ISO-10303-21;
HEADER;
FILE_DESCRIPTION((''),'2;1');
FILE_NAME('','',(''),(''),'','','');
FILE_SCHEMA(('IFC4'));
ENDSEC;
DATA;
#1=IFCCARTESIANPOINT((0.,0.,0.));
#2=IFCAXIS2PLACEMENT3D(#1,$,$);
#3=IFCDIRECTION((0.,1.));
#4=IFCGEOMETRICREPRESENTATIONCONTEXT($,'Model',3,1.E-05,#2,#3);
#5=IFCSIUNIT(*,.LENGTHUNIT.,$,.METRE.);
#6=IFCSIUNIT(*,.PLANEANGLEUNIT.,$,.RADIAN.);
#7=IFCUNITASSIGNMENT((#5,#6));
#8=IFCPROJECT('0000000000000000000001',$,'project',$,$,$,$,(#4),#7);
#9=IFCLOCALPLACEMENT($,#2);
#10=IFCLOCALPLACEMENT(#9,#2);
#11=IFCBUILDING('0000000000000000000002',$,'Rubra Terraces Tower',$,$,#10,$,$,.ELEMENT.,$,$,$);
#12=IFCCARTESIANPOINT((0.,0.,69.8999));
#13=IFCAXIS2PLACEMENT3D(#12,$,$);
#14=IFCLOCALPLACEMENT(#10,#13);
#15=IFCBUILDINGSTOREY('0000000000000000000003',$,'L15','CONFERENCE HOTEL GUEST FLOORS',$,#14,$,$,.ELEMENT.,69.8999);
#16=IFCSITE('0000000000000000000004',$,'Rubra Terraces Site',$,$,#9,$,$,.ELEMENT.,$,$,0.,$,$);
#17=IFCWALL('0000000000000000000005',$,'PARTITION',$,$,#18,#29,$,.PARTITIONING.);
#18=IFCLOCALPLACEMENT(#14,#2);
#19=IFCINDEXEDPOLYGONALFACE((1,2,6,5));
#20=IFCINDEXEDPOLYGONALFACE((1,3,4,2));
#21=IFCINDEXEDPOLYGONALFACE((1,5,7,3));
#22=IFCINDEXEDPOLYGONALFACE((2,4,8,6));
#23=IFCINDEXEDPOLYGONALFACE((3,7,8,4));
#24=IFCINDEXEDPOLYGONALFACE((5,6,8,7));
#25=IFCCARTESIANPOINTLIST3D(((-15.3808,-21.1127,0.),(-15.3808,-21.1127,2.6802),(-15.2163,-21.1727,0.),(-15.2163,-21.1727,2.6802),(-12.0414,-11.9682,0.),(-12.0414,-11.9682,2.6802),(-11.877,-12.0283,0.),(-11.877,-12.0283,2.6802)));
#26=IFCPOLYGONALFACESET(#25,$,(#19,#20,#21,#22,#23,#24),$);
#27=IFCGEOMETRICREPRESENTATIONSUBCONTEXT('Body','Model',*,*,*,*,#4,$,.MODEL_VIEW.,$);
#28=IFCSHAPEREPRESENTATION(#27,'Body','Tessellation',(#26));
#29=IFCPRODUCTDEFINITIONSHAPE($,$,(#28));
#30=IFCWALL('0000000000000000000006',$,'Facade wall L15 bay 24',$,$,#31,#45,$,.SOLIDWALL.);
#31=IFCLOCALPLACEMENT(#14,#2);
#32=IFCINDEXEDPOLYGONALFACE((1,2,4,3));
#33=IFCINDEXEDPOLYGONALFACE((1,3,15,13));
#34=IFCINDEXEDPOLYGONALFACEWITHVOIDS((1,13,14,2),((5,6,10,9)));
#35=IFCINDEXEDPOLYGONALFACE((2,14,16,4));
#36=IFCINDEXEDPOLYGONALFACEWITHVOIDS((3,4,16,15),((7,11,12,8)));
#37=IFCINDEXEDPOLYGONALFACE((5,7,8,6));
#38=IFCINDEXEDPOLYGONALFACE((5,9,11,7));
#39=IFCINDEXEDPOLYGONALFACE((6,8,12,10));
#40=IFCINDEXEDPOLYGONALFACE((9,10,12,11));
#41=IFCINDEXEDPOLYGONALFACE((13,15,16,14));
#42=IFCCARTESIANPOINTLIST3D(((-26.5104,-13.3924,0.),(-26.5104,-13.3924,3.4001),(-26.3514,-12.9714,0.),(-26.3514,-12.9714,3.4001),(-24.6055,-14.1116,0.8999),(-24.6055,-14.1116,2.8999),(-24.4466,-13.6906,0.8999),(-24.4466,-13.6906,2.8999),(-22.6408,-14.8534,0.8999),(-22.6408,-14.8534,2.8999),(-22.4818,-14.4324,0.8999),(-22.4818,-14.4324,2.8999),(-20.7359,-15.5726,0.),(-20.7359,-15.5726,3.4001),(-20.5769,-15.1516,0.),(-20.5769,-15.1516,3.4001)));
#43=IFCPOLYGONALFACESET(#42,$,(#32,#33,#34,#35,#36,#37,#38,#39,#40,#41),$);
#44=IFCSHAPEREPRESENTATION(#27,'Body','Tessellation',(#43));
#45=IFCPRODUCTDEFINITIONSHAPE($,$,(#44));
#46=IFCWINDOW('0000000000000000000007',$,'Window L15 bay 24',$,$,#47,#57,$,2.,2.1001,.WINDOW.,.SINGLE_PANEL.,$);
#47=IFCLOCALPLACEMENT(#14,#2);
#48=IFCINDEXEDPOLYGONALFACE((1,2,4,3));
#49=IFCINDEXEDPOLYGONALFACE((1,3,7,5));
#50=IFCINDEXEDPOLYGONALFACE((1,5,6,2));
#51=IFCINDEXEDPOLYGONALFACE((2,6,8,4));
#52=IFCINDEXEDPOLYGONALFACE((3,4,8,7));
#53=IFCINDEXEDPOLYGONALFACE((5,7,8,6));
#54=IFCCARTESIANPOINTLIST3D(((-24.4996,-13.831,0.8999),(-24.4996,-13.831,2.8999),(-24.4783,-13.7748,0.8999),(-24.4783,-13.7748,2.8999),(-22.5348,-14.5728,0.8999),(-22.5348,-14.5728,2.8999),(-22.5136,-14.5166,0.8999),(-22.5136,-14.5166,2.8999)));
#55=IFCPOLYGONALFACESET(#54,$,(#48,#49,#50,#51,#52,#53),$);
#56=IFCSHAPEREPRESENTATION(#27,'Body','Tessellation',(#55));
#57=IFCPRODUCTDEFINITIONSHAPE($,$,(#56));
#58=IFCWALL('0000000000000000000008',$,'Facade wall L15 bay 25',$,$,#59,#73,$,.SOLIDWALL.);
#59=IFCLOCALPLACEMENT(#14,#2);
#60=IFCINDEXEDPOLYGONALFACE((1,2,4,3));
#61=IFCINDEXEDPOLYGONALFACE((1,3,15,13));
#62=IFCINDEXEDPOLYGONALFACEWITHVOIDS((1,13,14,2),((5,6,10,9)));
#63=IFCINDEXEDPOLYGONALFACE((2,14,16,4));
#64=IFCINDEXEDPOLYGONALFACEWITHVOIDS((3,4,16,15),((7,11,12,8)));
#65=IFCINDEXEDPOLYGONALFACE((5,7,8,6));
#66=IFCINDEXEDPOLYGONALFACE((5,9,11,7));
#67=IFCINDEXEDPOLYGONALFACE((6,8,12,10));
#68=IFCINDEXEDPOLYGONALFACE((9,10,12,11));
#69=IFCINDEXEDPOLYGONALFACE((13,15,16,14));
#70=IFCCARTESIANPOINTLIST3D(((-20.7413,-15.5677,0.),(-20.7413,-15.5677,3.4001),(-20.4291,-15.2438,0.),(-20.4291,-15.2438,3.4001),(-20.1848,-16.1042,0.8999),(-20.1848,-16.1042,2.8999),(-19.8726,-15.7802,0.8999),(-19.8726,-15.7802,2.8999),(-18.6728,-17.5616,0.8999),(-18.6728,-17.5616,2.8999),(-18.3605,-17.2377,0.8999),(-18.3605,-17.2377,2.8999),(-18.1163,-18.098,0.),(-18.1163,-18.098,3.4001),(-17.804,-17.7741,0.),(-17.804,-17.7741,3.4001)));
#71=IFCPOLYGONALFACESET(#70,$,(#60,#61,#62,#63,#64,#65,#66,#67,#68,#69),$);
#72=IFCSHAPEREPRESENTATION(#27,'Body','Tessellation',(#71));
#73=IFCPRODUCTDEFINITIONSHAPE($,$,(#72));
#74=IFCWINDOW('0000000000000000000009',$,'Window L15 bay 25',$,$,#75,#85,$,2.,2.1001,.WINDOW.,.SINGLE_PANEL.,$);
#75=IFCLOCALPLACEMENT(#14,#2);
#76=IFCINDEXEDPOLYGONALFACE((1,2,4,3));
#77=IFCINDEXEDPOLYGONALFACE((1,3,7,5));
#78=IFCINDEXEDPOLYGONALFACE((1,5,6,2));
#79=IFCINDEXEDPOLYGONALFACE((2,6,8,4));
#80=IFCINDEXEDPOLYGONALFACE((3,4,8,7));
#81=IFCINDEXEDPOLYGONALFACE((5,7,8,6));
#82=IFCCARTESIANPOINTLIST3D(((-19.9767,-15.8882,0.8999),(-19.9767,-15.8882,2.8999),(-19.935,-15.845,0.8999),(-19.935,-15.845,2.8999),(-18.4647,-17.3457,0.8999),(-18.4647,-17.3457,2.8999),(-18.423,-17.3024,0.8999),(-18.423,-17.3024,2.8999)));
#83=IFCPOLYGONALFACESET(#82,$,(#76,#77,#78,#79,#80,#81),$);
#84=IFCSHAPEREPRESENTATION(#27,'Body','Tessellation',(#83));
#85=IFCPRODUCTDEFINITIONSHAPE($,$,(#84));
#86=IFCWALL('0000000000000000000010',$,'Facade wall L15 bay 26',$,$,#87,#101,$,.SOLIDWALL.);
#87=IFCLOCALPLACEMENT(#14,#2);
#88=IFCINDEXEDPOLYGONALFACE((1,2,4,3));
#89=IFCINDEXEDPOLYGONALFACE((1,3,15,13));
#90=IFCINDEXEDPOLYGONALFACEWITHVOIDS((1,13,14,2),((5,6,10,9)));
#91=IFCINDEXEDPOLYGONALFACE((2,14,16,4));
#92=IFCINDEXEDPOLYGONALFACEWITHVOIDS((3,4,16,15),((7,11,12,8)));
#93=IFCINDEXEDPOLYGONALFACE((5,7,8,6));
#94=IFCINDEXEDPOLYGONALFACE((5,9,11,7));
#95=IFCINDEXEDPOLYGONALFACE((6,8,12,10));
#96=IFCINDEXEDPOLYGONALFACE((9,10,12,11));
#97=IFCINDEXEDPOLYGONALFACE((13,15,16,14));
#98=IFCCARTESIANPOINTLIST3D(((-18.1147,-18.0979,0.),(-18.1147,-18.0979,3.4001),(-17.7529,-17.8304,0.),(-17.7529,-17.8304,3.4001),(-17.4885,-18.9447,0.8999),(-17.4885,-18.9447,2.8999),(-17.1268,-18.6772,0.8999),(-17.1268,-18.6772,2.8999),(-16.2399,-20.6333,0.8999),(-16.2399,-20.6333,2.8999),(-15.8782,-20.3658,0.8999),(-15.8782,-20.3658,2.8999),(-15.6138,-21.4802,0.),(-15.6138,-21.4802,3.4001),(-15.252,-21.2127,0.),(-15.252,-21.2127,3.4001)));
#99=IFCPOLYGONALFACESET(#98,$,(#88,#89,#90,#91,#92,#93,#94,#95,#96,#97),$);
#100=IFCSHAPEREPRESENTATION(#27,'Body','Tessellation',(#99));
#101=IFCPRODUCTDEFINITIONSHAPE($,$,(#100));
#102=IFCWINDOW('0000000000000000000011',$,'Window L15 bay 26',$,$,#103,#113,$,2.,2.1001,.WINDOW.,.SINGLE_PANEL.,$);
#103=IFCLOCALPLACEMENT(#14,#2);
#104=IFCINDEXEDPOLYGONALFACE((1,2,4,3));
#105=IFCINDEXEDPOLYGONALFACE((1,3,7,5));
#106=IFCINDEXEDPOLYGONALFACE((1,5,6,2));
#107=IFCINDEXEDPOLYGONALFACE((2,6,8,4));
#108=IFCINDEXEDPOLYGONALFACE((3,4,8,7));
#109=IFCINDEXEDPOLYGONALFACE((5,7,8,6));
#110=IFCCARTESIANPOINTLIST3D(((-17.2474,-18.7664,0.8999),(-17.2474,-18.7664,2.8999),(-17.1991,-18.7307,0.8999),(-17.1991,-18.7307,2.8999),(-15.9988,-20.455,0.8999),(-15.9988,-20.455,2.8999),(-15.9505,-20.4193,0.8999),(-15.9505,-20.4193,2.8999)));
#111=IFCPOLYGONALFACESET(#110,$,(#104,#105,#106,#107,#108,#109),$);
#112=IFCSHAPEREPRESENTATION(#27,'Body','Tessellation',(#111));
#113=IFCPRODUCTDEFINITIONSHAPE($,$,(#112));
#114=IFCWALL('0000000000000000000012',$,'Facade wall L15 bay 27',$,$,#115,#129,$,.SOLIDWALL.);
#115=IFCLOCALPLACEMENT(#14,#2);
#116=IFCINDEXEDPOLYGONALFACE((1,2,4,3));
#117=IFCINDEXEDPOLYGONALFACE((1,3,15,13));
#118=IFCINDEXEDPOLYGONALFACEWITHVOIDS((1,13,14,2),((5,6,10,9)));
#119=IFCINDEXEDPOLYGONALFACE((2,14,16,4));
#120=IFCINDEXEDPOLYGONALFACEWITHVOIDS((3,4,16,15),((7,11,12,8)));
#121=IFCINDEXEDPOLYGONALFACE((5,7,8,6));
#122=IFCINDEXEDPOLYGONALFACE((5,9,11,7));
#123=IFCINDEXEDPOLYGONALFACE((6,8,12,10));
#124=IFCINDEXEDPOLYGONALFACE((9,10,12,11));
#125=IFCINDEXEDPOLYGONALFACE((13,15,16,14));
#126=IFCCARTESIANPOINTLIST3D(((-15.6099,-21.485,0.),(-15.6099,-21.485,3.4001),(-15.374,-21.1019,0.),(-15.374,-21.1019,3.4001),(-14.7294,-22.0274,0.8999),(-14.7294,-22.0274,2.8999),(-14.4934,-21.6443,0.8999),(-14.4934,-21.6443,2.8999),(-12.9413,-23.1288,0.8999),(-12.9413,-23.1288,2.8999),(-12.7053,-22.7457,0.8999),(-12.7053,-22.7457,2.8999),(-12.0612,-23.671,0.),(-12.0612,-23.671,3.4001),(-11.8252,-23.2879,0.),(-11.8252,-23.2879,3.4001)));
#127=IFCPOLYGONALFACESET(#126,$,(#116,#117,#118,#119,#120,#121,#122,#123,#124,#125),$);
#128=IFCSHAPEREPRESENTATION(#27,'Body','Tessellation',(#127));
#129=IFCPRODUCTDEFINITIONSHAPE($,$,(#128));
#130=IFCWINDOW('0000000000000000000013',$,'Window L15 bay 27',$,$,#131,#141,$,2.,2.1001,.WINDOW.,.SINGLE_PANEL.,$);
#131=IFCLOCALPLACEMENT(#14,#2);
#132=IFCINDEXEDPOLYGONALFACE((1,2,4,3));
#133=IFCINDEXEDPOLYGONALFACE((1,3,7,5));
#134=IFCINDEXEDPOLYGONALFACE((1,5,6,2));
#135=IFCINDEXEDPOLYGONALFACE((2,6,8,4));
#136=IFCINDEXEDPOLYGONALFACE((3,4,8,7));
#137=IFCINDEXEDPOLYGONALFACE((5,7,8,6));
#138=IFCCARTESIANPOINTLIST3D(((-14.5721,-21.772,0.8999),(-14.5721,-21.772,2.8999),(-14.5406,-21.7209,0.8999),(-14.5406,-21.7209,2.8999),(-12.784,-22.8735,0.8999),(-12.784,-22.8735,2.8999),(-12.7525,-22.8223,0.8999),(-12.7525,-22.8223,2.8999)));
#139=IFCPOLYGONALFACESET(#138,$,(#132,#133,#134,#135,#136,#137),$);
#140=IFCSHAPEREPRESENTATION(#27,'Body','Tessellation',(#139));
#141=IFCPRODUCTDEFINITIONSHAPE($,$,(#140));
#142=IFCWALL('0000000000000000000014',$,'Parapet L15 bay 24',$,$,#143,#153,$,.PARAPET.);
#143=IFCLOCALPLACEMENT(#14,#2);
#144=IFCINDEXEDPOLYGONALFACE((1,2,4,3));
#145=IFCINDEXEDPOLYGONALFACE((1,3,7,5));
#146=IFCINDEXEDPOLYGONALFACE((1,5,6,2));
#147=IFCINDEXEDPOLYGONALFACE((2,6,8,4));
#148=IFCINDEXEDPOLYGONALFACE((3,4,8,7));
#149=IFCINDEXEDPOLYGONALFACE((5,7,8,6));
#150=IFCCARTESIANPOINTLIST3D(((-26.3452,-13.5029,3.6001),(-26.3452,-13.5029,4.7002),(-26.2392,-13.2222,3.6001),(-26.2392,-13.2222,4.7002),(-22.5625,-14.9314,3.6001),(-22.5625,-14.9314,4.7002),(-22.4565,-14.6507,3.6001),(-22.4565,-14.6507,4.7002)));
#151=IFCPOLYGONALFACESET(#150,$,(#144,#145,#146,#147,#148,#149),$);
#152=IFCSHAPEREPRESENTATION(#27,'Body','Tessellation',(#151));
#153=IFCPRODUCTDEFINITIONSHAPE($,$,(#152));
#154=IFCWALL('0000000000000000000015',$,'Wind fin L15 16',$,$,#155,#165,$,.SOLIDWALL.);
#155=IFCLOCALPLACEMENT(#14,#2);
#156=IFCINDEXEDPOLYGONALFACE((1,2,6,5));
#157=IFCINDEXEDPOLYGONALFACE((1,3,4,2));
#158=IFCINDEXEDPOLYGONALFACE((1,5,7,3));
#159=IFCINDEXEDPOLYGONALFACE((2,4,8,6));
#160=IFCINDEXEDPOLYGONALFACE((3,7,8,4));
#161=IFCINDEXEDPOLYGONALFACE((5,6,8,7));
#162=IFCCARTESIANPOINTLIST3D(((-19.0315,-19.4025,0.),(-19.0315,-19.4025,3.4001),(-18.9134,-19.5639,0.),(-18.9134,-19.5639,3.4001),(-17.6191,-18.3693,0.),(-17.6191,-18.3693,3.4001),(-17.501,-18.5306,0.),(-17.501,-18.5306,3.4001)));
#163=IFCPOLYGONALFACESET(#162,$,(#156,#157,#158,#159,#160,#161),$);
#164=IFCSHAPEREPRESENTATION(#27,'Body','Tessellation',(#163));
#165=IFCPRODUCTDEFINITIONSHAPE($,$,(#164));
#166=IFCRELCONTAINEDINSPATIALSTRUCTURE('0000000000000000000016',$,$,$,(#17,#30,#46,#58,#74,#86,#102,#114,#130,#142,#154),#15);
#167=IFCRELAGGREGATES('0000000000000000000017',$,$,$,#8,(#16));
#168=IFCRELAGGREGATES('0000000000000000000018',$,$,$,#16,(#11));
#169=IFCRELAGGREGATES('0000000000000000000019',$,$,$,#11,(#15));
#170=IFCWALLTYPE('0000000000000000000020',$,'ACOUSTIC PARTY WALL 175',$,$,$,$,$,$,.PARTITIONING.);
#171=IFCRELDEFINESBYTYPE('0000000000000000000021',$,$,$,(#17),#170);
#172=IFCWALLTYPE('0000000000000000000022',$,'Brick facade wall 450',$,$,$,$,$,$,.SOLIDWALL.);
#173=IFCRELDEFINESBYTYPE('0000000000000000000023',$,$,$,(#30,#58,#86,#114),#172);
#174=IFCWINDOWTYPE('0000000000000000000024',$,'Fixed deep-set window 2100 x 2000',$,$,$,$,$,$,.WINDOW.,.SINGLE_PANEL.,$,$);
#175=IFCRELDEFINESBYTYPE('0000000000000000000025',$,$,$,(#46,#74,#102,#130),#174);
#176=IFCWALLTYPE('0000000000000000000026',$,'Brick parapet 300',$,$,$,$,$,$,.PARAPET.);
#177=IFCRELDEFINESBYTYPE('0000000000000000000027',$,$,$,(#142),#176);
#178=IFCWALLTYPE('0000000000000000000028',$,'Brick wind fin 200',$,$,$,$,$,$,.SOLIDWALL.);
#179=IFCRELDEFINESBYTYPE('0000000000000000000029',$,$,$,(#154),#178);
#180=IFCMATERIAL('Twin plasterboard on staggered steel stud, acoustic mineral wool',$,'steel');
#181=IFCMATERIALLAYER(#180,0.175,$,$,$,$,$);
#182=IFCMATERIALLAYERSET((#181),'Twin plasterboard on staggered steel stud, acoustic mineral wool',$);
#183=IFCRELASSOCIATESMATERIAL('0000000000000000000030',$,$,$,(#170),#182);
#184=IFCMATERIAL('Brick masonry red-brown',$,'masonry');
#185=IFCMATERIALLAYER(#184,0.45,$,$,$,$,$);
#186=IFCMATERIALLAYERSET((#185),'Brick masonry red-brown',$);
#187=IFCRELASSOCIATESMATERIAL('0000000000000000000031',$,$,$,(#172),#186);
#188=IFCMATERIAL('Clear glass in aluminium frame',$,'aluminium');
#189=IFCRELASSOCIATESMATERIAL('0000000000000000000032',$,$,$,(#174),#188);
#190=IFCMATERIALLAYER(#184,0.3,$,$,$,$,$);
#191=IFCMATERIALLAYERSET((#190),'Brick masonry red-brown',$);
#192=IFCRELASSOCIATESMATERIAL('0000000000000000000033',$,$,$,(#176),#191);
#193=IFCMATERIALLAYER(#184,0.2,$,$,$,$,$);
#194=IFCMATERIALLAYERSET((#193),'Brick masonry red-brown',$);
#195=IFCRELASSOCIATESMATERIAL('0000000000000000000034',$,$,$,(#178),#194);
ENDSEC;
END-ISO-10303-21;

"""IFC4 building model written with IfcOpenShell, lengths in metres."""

from ifc_helpers import new_model, si_unit, direction, frame, frame_2d, origin, place, context, subcontext, project, spatial, rectangle, extrude, material, layer, layer_set, type_object, element, fill, save


model = new_model("IFC4")

# Units and contexts
model_context = context("Model", 3, precision=1e-05, world=origin(), true_north=direction((0.0, 1.0)))
body_context = subcontext(model_context, "Body", "Model", "MODEL_VIEW")
ifc_project = project(units=[si_unit("LENGTHUNIT", "METRE"), si_unit("PLANEANGLEUNIT", "RADIAN")], contexts=[model_context])

# Site, building, storey
site_placement = place(None, origin())
site = spatial("IfcSite", under=ifc_project, at=site_placement, Name="Rubra Terraces Site", CompositionType="ELEMENT", RefElevation=0.0)
building_placement = place(site_placement, origin())
building = spatial("IfcBuilding", under=site, at=building_placement, Name="Rubra Terraces Tower", CompositionType="ELEMENT")
storey_placement = place(building_placement, frame((0.0, 0.0, 69.8999)))
storey = spatial("IfcBuildingStorey", under=building, at=storey_placement, Name="L15", Description="CONFERENCE HOTEL GUEST FLOORS", CompositionType="ELEMENT", Elevation=69.8999)

# Wall
ifc_material_1 = material(Name="Twin plasterboard on staggered steel stud, acoustic mineral wool", Category="steel")
ifc_layer_1 = layer(ifc_material_1, 0.175)
ifc_layer_set_1 = layer_set([ifc_layer_1], Name="Twin plasterboard on staggered steel stud, acoustic mineral wool")
wall_type_1 = type_object("IfcWallType", Name="ACOUSTIC PARTY WALL 175", PredefinedType="PARTITIONING", material=ifc_layer_set_1)
wall_1_placement = place(storey_placement, frame((-15.2986, -21.1428, 0.0), z_axis=(0.0, 0.0, 1.0), x_axis=(0.343019, 0.939328, 0.0)))
element("IfcWall", 1, at=wall_1_placement, inside=storey, type_object=wall_type_1, Name="PARTITION", PredefinedType="PARTITIONING", context=body_context, shape_type="SweptSolid", body=[
    extrude(rectangle(XDim=9.7351, YDim=0.175, at=frame_2d((4.8677, 0.0))), origin(), (0.0, 0.0, 1.0), 2.6802),
])

# Walls, openings, windows
ifc_material_2 = material(Name="Brick masonry red-brown", Category="masonry")
ifc_layer_2 = layer(ifc_material_2, 0.45)
ifc_layer_set_2 = layer_set([ifc_layer_2], Name="Brick masonry red-brown")
wall_type_2 = type_object("IfcWallType", Name="Brick facade wall 450", PredefinedType="SOLIDWALL", material=ifc_layer_set_2)
wall_2_placement = place(storey_placement, frame((-26.4309, -13.1819, 0.0), z_axis=(0.0, 0.0, 1.0), x_axis=(0.93554, -0.353221, 0.0)))
wall_2 = element("IfcWall", 2, at=wall_2_placement, inside=storey, type_object=wall_type_2, Name="Facade wall L15 bay 24", PredefinedType="SOLIDWALL", context=body_context, shape_type="SweptSolid", body=[
    extrude(rectangle(XDim=6.1724, YDim=0.45, at=frame_2d((3.0862, 0.0))), origin(), (0.0, 0.0, 1.0), 3.4001),
])
opening_1_placement = place(wall_2_placement, frame((2.0361, 0.0, 0.8999)))
opening_1 = element("IfcOpeningElement", 3, at=opening_1_placement, cuts=wall_2, PredefinedType="OPENING", context=body_context, shape_type="SweptSolid", body=[
    extrude(rectangle(XDim=2.1001, YDim=2.0, at=frame_2d((1.05, 1.0))), frame((0.0, 0.2349, 0.0), z_axis=(0.0, -1.0, 0.0), x_axis=(1.0, 0.0, 0.0)), (0.0, 0.0, 1.0), 0.47),
])
ifc_material_3 = material(Name="Clear glass in aluminium frame", Category="aluminium")
window_type = type_object("IfcWindowType", Name="Fixed deep-set window 2100 x 2000", PartitioningType="SINGLE_PANEL", PredefinedType="WINDOW", material=ifc_material_3)
window_1_placement = place(opening_1_placement, origin())
window_1 = element("IfcWindow", 4, at=window_1_placement, inside=storey, type_object=window_type, Name="Window L15 bay 24", OverallHeight=2.0, OverallWidth=2.1001, PartitioningType="SINGLE_PANEL", PredefinedType="WINDOW", context=body_context, shape_type="SweptSolid", body=[
    extrude(rectangle(XDim=2.1001, YDim=2.0, at=frame_2d((1.05, 1.0))), frame((0.0, 0.135, 0.0), z_axis=(0.0, -1.0, 0.0), x_axis=(1.0, 0.0, 0.0)), (0.0, 0.0, 1.0), 0.0601),
])
fill(opening_1, window_1)
wall_3_placement = place(storey_placement, frame((-20.5852, -15.4058, 0.0), z_axis=(0.0, 0.0, 1.0), x_axis=(0.719978, -0.693997, 0.0)))
wall_3 = element("IfcWall", 5, at=wall_3_placement, inside=storey, type_object=wall_type_2, Name="Facade wall L15 bay 25", PredefinedType="SOLIDWALL", context=body_context, shape_type="SweptSolid", body=[
    extrude(rectangle(XDim=3.646, YDim=0.45, at=frame_2d((1.823, 0.0))), origin(), (0.0, 0.0, 1.0), 3.4001),
])
opening_2_placement = place(wall_3_placement, frame((0.7729, 0.0, 0.8999)))
opening_2 = element("IfcOpeningElement", 6, at=opening_2_placement, cuts=wall_3, PredefinedType="OPENING", context=body_context, shape_type="SweptSolid", body=[
    extrude(rectangle(XDim=2.1001, YDim=2.0, at=frame_2d((1.05, 1.0))), frame((0.0, 0.2349, 0.0), z_axis=(0.0, -1.0, 0.0), x_axis=(1.0, 0.0, 0.0)), (0.0, 0.0, 1.0), 0.47),
])
window_2_placement = place(opening_2_placement, origin())
window_2 = element("IfcWindow", 7, at=window_2_placement, inside=storey, type_object=window_type, Name="Window L15 bay 25", OverallHeight=2.0, OverallWidth=2.1001, PartitioningType="SINGLE_PANEL", PredefinedType="WINDOW", context=body_context, shape_type="SweptSolid", body=[
    extrude(rectangle(XDim=2.1001, YDim=2.0, at=frame_2d((1.05, 1.0))), frame((0.0, 0.135, 0.0), z_axis=(0.0, -1.0, 0.0), x_axis=(1.0, 0.0, 0.0)), (0.0, 0.0, 1.0), 0.0601),
])
fill(opening_2, window_2)
wall_4_placement = place(storey_placement, frame((-17.9338, -17.9641, 0.0), z_axis=(0.0, 0.0, 1.0), x_axis=(0.594544, -0.804063, 0.0)))
wall_4 = element("IfcWall", 8, at=wall_4_placement, inside=storey, type_object=wall_type_2, Name="Facade wall L15 bay 26", PredefinedType="SOLIDWALL", context=body_context, shape_type="SweptSolid", body=[
    extrude(rectangle(XDim=4.2065, YDim=0.45, at=frame_2d((2.1033, 0.0))), origin(), (0.0, 0.0, 1.0), 3.4001),
])
opening_3_placement = place(wall_4_placement, frame((1.0532, 0.0, 0.8999)))
opening_3 = element("IfcOpeningElement", 9, at=opening_3_placement, cuts=wall_4, PredefinedType="OPENING", context=body_context, shape_type="SweptSolid", body=[
    extrude(rectangle(XDim=2.1001, YDim=2.0, at=frame_2d((1.05, 1.0))), frame((0.0, 0.2349, 0.0), z_axis=(0.0, -1.0, 0.0), x_axis=(1.0, 0.0, 0.0)), (0.0, 0.0, 1.0), 0.47),
])
window_3_placement = place(opening_3_placement, origin())
window_3 = element("IfcWindow", 10, at=window_3_placement, inside=storey, type_object=window_type, Name="Window L15 bay 26", OverallHeight=2.0, OverallWidth=2.1001, PartitioningType="SINGLE_PANEL", PredefinedType="WINDOW", context=body_context, shape_type="SweptSolid", body=[
    extrude(rectangle(XDim=2.1001, YDim=2.0, at=frame_2d((1.05, 1.0))), frame((0.0, 0.135, 0.0), z_axis=(0.0, -1.0, 0.0), x_axis=(1.0, 0.0, 0.0)), (0.0, 0.0, 1.0), 0.0601),
])
fill(opening_3, window_3)
wall_5_placement = place(storey_placement, frame((-15.4919, -21.2935, 0.0), z_axis=(0.0, 0.0, 1.0), x_axis=(0.851429, -0.52447, 0.0)))
wall_5 = element("IfcWall", 11, at=wall_5_placement, inside=storey, type_object=wall_type_2, Name="Facade wall L15 bay 27", PredefinedType="SOLIDWALL", context=body_context, shape_type="SweptSolid", body=[
    extrude(rectangle(XDim=4.168, YDim=0.45, at=frame_2d((2.084, 0.0))), origin(), (0.0, 0.0, 1.0), 3.4001),
])
opening_4_placement = place(wall_5_placement, frame((1.0342, 0.0, 0.8999)))
opening_4 = element("IfcOpeningElement", 12, at=opening_4_placement, cuts=wall_5, PredefinedType="OPENING", context=body_context, shape_type="SweptSolid", body=[
    extrude(rectangle(XDim=2.1001, YDim=2.0, at=frame_2d((1.05, 1.0))), frame((0.0, 0.2349, 0.0), z_axis=(0.0, -1.0, 0.0), x_axis=(1.0, 0.0, 0.0)), (0.0, 0.0, 1.0), 0.47),
])
window_4_placement = place(opening_4_placement, origin())
window_4 = element("IfcWindow", 13, at=window_4_placement, inside=storey, type_object=window_type, Name="Window L15 bay 27", OverallHeight=2.0, OverallWidth=2.1001, PartitioningType="SINGLE_PANEL", PredefinedType="WINDOW", context=body_context, shape_type="SweptSolid", body=[
    extrude(rectangle(XDim=2.1001, YDim=2.0, at=frame_2d((1.05, 1.0))), frame((0.0, 0.135, 0.0), z_axis=(0.0, -1.0, 0.0), x_axis=(1.0, 0.0, 0.0)), (0.0, 0.0, 1.0), 0.0601),
])
fill(opening_4, window_4)

# Walls
ifc_layer_3 = layer(ifc_material_2, 0.3)
ifc_layer_set_3 = layer_set([ifc_layer_3], Name="Brick masonry red-brown")
wall_type_3 = type_object("IfcWallType", Name="Brick parapet 300", PredefinedType="PARAPET", material=ifc_layer_set_3)
wall_6_placement = place(storey_placement, frame((-26.2922, -13.3625, 3.6001), z_axis=(0.0, 0.0, 1.0), x_axis=(0.935518, -0.35328, 0.0)))
element("IfcWall", 14, at=wall_6_placement, inside=storey, type_object=wall_type_3, Name="Parapet L15 bay 24", PredefinedType="PARAPET", context=body_context, shape_type="SweptSolid", body=[
    extrude(rectangle(XDim=4.0435, YDim=0.3, at=frame_2d((2.0217, 0.0))), origin(), (0.0, 0.0, 1.0), 1.1001),
])
ifc_layer_4 = layer(ifc_material_2, 0.2)
ifc_layer_set_4 = layer_set([ifc_layer_4], Name="Brick masonry red-brown")
wall_type_4 = type_object("IfcWallType", Name="Brick wind fin 200", PredefinedType="SOLIDWALL", material=ifc_layer_set_4)
wall_7_placement = place(storey_placement, frame((-17.5601, -18.45, 0.0), z_axis=(0.0, 0.0, 1.0), x_axis=(-0.807092, -0.590426, 0.0)))
element("IfcWall", 15, at=wall_7_placement, inside=storey, type_object=wall_type_4, Name="Wind fin L15 16", PredefinedType="SOLIDWALL", context=body_context, shape_type="SweptSolid", body=[
    extrude(rectangle(XDim=1.75, YDim=0.2, at=frame_2d((0.875, 0.0))), origin(), (0.0, 0.0, 1.0), 3.4001),
])

save(model, "model.ifc")
